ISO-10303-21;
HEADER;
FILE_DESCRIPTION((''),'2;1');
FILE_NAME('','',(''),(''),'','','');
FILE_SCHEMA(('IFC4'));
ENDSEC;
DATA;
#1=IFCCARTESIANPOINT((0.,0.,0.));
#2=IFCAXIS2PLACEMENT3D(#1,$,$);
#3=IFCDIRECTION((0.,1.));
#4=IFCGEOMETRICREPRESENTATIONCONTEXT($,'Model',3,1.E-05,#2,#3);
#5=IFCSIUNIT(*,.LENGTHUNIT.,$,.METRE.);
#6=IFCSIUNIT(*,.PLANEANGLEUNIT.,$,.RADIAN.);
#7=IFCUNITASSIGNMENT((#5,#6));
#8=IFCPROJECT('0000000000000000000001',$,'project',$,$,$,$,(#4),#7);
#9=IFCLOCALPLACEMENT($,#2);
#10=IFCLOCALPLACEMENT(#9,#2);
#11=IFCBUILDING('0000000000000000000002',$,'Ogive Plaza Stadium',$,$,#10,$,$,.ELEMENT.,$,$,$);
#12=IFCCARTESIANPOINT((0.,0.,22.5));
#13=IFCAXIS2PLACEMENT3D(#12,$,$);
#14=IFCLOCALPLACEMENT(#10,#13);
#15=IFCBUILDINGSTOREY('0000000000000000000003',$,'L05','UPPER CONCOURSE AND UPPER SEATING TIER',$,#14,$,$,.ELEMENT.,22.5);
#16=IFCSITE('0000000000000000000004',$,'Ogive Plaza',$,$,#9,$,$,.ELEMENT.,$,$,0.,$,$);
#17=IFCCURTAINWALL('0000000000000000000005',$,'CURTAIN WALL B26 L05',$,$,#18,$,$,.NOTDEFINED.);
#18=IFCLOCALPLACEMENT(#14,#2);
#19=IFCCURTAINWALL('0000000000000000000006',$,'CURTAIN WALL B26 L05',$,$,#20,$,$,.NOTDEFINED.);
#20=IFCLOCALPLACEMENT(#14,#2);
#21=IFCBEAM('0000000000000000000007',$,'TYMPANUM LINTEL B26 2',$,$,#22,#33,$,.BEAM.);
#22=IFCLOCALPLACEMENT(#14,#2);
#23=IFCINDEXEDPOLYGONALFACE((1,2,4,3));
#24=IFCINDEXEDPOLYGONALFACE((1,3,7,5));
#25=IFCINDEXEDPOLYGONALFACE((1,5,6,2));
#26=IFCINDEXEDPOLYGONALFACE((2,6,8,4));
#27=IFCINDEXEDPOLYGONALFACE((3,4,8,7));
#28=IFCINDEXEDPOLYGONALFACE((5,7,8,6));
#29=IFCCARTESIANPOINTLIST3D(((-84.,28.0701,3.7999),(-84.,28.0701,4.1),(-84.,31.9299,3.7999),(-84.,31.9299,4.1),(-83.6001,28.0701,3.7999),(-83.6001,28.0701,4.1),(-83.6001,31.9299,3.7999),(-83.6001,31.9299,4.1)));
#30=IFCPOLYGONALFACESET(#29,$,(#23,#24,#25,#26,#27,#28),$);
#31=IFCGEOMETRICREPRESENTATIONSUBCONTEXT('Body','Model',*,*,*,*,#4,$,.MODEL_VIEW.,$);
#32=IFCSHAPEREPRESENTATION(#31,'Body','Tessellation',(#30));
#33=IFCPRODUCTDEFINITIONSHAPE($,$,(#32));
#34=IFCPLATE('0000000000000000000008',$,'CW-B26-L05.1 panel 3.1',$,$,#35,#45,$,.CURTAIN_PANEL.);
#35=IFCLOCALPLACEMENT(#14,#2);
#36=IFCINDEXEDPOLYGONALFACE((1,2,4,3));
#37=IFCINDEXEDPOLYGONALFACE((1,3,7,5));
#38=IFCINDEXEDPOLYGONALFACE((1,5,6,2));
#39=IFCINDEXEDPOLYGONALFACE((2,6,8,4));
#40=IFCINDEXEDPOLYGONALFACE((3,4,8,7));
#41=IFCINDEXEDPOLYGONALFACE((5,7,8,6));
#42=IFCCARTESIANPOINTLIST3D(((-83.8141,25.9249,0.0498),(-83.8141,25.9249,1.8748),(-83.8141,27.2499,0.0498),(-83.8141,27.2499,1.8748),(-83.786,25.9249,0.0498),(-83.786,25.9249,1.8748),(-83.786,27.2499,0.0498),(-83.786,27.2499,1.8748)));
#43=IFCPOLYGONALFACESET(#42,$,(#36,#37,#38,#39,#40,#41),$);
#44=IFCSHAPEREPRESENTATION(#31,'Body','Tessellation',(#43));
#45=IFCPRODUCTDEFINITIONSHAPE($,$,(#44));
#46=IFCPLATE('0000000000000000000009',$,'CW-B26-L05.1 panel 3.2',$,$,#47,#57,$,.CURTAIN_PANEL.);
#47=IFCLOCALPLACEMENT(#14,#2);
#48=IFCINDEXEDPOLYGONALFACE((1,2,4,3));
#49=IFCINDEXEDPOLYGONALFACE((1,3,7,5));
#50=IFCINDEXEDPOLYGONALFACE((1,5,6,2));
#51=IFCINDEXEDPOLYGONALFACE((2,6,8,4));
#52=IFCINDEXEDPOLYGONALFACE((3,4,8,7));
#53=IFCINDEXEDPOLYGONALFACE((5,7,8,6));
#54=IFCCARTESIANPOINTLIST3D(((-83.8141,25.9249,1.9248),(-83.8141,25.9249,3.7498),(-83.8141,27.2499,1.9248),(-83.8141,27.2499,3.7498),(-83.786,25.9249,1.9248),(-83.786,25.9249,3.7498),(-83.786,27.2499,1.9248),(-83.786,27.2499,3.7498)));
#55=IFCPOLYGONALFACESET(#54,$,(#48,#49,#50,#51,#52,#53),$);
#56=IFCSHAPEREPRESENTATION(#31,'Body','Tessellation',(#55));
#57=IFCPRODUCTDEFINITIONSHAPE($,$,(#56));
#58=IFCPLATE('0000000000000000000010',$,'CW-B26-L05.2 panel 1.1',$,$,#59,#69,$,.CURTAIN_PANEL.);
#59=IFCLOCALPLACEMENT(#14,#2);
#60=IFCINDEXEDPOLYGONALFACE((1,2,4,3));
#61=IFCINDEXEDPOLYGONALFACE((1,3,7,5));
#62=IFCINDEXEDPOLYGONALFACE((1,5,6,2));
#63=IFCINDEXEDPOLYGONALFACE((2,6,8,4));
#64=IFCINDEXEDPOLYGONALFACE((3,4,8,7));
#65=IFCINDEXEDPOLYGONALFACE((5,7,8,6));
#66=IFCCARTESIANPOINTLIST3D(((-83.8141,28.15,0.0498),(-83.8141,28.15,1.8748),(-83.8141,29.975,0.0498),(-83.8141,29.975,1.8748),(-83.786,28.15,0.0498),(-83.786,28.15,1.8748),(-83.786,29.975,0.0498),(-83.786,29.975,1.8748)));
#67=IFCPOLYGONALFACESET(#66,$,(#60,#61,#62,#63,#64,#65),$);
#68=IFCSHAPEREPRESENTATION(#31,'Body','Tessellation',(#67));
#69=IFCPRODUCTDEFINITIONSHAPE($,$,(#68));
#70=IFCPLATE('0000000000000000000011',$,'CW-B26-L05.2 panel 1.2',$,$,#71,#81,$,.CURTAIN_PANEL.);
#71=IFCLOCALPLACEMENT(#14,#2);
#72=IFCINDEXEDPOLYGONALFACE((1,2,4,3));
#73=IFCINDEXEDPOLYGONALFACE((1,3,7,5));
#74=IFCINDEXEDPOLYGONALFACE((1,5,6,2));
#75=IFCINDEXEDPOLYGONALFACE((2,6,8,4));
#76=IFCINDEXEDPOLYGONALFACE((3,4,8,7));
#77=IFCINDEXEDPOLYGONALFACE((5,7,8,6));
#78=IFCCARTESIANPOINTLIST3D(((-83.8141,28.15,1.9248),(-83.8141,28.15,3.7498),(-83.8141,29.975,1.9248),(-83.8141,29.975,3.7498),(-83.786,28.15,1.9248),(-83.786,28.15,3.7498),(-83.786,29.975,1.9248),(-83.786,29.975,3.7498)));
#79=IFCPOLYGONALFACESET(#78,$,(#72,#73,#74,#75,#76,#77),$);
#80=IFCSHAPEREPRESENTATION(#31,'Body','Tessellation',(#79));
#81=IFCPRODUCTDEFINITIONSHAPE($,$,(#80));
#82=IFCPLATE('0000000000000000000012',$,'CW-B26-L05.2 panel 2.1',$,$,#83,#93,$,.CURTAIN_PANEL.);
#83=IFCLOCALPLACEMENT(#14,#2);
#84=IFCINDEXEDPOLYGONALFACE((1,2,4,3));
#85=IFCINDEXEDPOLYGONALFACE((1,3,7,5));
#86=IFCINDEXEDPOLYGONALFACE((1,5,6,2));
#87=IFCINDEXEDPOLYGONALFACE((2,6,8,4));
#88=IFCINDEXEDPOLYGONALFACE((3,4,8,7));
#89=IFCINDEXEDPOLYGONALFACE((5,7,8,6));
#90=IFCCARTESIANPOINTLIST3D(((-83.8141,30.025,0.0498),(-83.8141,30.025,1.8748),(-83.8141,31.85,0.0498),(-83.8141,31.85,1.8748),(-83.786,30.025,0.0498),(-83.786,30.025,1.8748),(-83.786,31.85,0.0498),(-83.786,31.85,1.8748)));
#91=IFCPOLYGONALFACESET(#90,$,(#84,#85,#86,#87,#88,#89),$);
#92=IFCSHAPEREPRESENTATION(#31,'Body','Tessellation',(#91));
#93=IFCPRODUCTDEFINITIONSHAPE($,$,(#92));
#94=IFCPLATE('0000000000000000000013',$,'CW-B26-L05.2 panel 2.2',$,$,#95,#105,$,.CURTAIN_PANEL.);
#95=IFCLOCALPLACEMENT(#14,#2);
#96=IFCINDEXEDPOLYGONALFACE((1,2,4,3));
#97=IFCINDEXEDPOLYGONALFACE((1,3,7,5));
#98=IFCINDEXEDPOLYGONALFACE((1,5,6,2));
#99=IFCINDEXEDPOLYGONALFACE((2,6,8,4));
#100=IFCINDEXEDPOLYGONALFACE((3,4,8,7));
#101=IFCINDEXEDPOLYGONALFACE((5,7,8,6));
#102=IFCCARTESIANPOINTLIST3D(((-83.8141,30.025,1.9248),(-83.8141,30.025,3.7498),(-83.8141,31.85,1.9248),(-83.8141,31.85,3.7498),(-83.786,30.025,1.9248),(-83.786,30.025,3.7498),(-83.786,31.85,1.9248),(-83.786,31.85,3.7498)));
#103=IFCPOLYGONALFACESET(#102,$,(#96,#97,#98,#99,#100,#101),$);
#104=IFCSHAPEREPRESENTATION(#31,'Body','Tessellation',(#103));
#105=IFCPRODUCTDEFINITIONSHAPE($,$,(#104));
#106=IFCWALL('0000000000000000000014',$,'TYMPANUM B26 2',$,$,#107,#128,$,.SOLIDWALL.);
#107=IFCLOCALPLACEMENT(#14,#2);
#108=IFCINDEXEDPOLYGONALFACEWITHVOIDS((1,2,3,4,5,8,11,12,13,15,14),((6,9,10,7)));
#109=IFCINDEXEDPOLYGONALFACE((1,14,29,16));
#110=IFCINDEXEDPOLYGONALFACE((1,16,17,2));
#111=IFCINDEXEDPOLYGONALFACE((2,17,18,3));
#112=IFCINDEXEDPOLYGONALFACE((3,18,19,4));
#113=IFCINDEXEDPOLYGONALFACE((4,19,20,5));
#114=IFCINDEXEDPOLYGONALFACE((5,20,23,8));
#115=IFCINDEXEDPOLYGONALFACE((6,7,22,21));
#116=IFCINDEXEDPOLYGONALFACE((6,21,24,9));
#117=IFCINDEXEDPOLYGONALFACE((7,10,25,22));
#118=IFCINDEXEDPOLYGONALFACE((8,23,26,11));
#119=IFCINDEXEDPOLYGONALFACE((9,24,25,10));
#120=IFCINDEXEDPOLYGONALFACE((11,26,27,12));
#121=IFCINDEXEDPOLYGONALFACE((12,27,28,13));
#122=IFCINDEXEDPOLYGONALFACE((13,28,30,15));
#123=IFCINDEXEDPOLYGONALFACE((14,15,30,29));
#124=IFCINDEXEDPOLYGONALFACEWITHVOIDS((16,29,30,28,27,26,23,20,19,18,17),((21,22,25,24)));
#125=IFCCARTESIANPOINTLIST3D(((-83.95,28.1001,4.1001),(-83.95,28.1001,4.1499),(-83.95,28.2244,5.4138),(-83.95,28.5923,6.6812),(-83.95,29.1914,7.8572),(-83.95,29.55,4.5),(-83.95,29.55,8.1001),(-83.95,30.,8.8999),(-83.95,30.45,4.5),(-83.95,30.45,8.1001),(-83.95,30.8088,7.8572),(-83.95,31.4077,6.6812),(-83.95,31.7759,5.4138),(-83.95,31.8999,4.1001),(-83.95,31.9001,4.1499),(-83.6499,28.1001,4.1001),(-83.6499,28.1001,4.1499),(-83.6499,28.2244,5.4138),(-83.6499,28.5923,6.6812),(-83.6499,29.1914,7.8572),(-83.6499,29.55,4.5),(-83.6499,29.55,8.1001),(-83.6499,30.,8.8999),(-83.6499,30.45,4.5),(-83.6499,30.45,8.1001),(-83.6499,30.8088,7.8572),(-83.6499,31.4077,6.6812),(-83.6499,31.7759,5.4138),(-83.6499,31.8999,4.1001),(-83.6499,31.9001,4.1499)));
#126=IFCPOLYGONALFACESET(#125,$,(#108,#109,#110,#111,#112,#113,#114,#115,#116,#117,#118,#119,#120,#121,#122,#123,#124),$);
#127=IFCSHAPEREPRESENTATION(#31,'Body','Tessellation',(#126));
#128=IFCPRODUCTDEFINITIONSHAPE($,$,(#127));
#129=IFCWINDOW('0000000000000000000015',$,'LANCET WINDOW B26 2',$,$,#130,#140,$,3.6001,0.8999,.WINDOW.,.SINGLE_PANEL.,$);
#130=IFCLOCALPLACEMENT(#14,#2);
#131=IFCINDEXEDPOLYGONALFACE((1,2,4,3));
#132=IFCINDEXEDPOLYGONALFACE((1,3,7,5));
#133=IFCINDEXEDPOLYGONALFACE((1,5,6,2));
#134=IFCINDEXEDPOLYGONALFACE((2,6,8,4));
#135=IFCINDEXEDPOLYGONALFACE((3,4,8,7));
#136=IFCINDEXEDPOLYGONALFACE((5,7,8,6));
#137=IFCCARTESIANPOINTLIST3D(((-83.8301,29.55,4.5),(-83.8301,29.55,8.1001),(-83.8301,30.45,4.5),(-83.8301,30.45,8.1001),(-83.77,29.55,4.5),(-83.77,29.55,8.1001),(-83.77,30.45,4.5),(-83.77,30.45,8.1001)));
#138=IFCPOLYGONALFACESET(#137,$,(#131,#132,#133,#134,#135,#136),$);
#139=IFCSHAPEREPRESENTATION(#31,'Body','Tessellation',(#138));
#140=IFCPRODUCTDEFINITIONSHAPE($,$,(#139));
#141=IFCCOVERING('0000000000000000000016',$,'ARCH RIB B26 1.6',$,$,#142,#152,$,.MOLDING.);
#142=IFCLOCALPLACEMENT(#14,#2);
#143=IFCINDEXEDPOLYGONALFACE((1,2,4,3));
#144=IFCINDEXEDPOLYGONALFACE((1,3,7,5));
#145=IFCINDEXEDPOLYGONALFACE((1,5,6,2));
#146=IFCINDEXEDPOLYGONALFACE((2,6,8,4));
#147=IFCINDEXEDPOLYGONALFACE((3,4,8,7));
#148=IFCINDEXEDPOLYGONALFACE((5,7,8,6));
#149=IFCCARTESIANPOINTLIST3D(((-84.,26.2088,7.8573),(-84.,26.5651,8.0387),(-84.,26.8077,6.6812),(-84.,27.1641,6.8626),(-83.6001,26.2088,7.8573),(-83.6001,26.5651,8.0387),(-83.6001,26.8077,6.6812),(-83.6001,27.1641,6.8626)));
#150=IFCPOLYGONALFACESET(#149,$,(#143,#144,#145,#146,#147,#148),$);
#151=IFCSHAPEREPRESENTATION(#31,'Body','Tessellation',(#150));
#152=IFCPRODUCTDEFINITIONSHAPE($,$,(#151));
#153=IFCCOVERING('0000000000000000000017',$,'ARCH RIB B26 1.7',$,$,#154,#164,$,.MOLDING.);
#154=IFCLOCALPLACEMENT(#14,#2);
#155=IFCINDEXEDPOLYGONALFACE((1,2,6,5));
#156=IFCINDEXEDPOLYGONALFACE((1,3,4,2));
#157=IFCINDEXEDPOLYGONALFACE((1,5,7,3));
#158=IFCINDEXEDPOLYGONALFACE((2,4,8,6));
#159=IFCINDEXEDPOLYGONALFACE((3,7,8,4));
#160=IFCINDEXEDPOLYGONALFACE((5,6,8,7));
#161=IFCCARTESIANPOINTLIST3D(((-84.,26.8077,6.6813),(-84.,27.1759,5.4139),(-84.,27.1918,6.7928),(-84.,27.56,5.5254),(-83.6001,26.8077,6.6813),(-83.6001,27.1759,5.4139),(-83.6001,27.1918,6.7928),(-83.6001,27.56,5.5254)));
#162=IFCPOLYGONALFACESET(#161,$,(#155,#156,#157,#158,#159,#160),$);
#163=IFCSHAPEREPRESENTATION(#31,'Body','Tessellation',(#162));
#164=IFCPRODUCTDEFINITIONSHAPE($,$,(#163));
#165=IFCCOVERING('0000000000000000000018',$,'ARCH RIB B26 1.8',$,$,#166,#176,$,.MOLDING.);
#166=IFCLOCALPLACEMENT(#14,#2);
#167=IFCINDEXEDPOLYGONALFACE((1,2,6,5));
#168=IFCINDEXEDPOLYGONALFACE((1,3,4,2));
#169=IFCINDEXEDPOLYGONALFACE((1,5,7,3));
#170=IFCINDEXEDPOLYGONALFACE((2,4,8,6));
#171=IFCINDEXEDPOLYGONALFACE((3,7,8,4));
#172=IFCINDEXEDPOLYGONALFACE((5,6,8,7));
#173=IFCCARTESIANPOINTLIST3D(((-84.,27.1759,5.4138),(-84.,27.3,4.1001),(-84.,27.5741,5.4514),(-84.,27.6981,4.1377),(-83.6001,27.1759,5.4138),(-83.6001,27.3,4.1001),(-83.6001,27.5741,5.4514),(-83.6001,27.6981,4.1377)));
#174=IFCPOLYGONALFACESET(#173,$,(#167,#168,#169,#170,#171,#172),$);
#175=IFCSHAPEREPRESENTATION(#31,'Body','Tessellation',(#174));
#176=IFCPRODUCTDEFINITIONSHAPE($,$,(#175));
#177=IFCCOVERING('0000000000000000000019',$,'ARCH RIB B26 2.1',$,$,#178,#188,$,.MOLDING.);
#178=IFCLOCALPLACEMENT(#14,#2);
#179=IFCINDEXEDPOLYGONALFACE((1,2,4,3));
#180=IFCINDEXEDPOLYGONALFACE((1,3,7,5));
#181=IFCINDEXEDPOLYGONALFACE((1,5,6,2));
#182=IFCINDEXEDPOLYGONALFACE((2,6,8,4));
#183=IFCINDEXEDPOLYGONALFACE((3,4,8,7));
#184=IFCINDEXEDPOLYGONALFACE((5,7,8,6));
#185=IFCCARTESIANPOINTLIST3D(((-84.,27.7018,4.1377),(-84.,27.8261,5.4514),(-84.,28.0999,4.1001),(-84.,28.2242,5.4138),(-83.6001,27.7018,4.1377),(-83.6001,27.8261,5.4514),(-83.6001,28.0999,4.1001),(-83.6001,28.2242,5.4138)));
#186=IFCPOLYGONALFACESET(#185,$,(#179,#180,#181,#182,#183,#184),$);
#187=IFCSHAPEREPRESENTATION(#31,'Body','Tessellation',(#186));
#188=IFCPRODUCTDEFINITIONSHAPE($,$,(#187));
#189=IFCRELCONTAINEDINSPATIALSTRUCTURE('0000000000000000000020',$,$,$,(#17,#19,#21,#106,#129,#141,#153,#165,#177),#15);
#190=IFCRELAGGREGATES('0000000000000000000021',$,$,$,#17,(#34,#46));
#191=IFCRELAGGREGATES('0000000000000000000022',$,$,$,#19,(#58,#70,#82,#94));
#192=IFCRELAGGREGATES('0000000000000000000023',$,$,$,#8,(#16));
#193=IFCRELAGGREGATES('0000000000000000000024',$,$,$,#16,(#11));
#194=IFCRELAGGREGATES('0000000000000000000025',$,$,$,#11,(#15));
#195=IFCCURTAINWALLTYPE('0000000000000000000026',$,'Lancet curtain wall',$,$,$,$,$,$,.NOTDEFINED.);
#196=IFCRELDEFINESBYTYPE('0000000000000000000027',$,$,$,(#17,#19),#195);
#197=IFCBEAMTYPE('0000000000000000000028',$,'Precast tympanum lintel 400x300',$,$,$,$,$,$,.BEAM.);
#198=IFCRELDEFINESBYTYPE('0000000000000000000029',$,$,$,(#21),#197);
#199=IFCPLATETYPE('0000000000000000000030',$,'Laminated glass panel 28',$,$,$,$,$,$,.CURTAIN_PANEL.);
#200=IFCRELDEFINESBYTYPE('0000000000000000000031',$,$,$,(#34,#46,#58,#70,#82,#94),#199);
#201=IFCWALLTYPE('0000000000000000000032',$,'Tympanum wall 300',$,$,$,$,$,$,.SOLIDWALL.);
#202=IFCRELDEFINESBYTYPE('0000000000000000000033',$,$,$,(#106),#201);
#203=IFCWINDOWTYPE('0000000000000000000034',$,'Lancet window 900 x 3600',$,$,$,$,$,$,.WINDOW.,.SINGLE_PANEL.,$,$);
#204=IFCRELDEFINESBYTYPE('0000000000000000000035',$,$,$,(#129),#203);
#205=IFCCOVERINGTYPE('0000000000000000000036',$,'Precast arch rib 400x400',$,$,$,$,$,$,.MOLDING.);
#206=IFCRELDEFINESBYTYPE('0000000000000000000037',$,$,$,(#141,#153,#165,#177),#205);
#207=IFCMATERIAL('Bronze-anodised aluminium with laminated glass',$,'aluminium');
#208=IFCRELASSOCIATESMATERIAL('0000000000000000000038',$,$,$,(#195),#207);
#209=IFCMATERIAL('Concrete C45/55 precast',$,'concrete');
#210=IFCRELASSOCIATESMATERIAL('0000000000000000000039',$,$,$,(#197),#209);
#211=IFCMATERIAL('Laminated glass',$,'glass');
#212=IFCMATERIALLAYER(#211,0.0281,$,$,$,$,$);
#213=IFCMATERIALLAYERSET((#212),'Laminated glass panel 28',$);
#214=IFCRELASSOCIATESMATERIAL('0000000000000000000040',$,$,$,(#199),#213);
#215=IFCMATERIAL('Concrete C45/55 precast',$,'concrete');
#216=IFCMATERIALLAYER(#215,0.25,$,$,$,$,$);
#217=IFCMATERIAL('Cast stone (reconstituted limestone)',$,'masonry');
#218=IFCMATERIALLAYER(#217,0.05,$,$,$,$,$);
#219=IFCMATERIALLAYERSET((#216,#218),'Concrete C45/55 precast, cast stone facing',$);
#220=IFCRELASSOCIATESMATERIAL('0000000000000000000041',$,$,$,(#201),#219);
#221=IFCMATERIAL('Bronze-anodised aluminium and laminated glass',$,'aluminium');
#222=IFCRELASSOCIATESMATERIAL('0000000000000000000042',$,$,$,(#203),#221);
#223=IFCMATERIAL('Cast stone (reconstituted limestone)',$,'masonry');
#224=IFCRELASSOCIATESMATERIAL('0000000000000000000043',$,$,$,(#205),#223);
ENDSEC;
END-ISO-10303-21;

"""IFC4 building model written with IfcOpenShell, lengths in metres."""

from ifc_helpers import new_model, si_unit, direction, frame, frame_2d, origin, origin_2d, place, context, subcontext, project, spatial, polyline, rectangle, outline, extrude, material, layer, layer_set, material_profile, profile_set, type_object, element, fill, aggregate, save


model = new_model("IFC4")

# Units and contexts
model_context = context("Model", 3, precision=1e-05, world=origin(), true_north=direction((0.0, 1.0)))
body_context = subcontext(model_context, "Body", "Model", "MODEL_VIEW")
ifc_project = project(units=[si_unit("LENGTHUNIT", "METRE"), si_unit("PLANEANGLEUNIT", "RADIAN")], contexts=[model_context])

# Site, building, storey
site_placement = place(None, origin())
site = spatial("IfcSite", under=ifc_project, at=site_placement, Name="Ogive Plaza", CompositionType="ELEMENT", RefElevation=0.0)
building_placement = place(site_placement, origin())
building = spatial("IfcBuilding", under=site, at=building_placement, Name="Ogive Plaza Stadium", CompositionType="ELEMENT")
storey_placement = place(building_placement, frame((0.0, 0.0, 22.5)))
storey = spatial("IfcBuildingStorey", under=building, at=storey_placement, Name="L05", Description="UPPER CONCOURSE AND UPPER SEATING TIER", CompositionType="ELEMENT", Elevation=22.5)

# Curtain wall
ifc_material_1 = material(Name="Bronze-anodised aluminium with laminated glass", Category="aluminium")
curtain_wall_type = type_object("IfcCurtainWallType", Name="Lancet curtain wall", PredefinedType="NOTDEFINED", material=ifc_material_1)
curtain_wall_1_placement = place(storey_placement, origin())
curtain_wall_1 = element("IfcCurtainWall", 1, at=curtain_wall_1_placement, inside=storey, type_object=curtain_wall_type, Name="CURTAIN WALL B26 L05", PredefinedType="NOTDEFINED")

# Curtain wall
curtain_wall_2_placement = place(storey_placement, origin())
curtain_wall_2 = element("IfcCurtainWall", 2, at=curtain_wall_2_placement, inside=storey, type_object=curtain_wall_type, Name="CURTAIN WALL B26 L05", PredefinedType="NOTDEFINED")

# Beam
ifc_material_2 = material(Name="Concrete C45/55 precast", Category="concrete")
ifc_material_profile_1 = material_profile(ifc_material_2, rectangle(XDim=0.3999, YDim=0.3, at=origin_2d()), Name="RC 400x300")
ifc_profile_set_1 = profile_set([ifc_material_profile_1], Name="Concrete C45/55 precast")
beam_type = type_object("IfcBeamType", Name="Precast tympanum lintel 400x300", PredefinedType="BEAM", material=ifc_profile_set_1)
beam_placement = place(storey_placement, frame((-83.8, 28.0701, 3.95), z_axis=(0.0, 1.0, 0.0), x_axis=(-1.0, 0.0, 0.0)))
element("IfcBeam", 3, at=beam_placement, inside=storey, type_object=beam_type, Name="TYMPANUM LINTEL B26 2", PredefinedType="BEAM", context=body_context, shape_type="SweptSolid", body=[
    extrude(rectangle(XDim=0.3999, YDim=0.3, at=origin_2d()), origin(), (0.0, 0.0, 1.0), 3.8599),
])

# Plates
ifc_material_3 = material(Name="Laminated glass", Category="glass")
ifc_layer_1 = layer(ifc_material_3, 0.0281)
ifc_layer_set_1 = layer_set([ifc_layer_1], Name="Laminated glass panel 28")
plate_type = type_object("IfcPlateType", Name="Laminated glass panel 28", PredefinedType="CURTAIN_PANEL", material=ifc_layer_set_1)
plate_1_placement = place(storey_placement, frame((-83.8, 26.5874, 0.0498), z_axis=(0.0, 0.0, 1.0), x_axis=(0.0, 1.0, 0.0)))
plate_1 = element("IfcPlate", 4, at=plate_1_placement, type_object=plate_type, Name="CW-B26-L05.1 panel 3.1", PredefinedType="CURTAIN_PANEL", context=body_context, shape_type="SweptSolid", body=[
    extrude(rectangle(XDim=1.325, YDim=0.0281, at=origin_2d()), origin(), (0.0, 0.0, 1.0), 1.825),
])
plate_2_placement = place(storey_placement, frame((-83.8, 26.5874, 1.9248), z_axis=(0.0, 0.0, 1.0), x_axis=(0.0, 1.0, 0.0)))
plate_2 = element("IfcPlate", 5, at=plate_2_placement, type_object=plate_type, Name="CW-B26-L05.1 panel 3.2", PredefinedType="CURTAIN_PANEL", context=body_context, shape_type="SweptSolid", body=[
    extrude(rectangle(XDim=1.325, YDim=0.0281, at=origin_2d()), origin(), (0.0, 0.0, 1.0), 1.825),
])
aggregate(curtain_wall_1, [plate_1, plate_2])
plate_3_placement = place(storey_placement, frame((-83.8, 29.0625, 0.0498), z_axis=(0.0, 0.0, 1.0), x_axis=(0.0, 1.0, 0.0)))
plate_3 = element("IfcPlate", 6, at=plate_3_placement, type_object=plate_type, Name="CW-B26-L05.2 panel 1.1", PredefinedType="CURTAIN_PANEL", context=body_context, shape_type="SweptSolid", body=[
    extrude(rectangle(XDim=1.825, YDim=0.0281, at=origin_2d()), origin(), (0.0, 0.0, 1.0), 1.825),
])
plate_4_placement = place(storey_placement, frame((-83.8, 29.0625, 1.9248), z_axis=(0.0, 0.0, 1.0), x_axis=(0.0, 1.0, 0.0)))
plate_4 = element("IfcPlate", 7, at=plate_4_placement, type_object=plate_type, Name="CW-B26-L05.2 panel 1.2", PredefinedType="CURTAIN_PANEL", context=body_context, shape_type="SweptSolid", body=[
    extrude(rectangle(XDim=1.825, YDim=0.0281, at=origin_2d()), origin(), (0.0, 0.0, 1.0), 1.825),
])
plate_5_placement = place(storey_placement, frame((-83.8, 30.9375, 0.0498), z_axis=(0.0, 0.0, 1.0), x_axis=(0.0, 1.0, 0.0)))
plate_5 = element("IfcPlate", 8, at=plate_5_placement, type_object=plate_type, Name="CW-B26-L05.2 panel 2.1", PredefinedType="CURTAIN_PANEL", context=body_context, shape_type="SweptSolid", body=[
    extrude(rectangle(XDim=1.825, YDim=0.0281, at=origin_2d()), origin(), (0.0, 0.0, 1.0), 1.825),
])
plate_6_placement = place(storey_placement, frame((-83.8, 30.9375, 1.9248), z_axis=(0.0, 0.0, 1.0), x_axis=(0.0, 1.0, 0.0)))
plate_6 = element("IfcPlate", 9, at=plate_6_placement, type_object=plate_type, Name="CW-B26-L05.2 panel 2.2", PredefinedType="CURTAIN_PANEL", context=body_context, shape_type="SweptSolid", body=[
    extrude(rectangle(XDim=1.825, YDim=0.0281, at=origin_2d()), origin(), (0.0, 0.0, 1.0), 1.825),
])
aggregate(curtain_wall_2, [plate_3, plate_4, plate_5, plate_6])

# Wall, opening, window
ifc_material_4 = material(Name="Concrete C45/55 precast", Category="concrete")
ifc_layer_2 = layer(ifc_material_4, 0.25)
ifc_material_5 = material(Name="Cast stone (reconstituted limestone)", Category="masonry")
ifc_layer_3 = layer(ifc_material_5, 0.05)
ifc_layer_set_2 = layer_set([ifc_layer_2, ifc_layer_3], Name="Concrete C45/55 precast, cast stone facing")
wall_type = type_object("IfcWallType", Name="Tympanum wall 300", PredefinedType="SOLIDWALL", material=ifc_layer_set_2)
wall_placement = place(storey_placement, frame((-83.8, 28.1001, 4.1001), z_axis=(0.0, 0.0, 1.0), x_axis=(0.0, 1.0, 0.0)))
wall = element("IfcWall", 10, at=wall_placement, inside=storey, type_object=wall_type, Name="TYMPANUM B26 2", PredefinedType="SOLIDWALL", context=body_context, shape_type="SweptSolid", body=[
    extrude(outline(polyline([(0.0, 0.0), (3.7998, 0.0), (3.8, 0.0498), (3.6758, 1.3137), (3.3076, 2.5811), (2.7087, 3.7571), (1.8999, 4.7998), (1.0913, 3.7571), (0.4922, 2.5811), (0.1243, 1.3137), (0.0, 0.0498), (0.0, 0.0)])), frame((0.0, 0.1499, 0.0), z_axis=(0.0, -1.0, 0.0), x_axis=(1.0, 0.0, 0.0)), (0.0, 0.0, 1.0), 0.3),
])
opening_placement = place(wall_placement, frame((1.45, 0.0, 0.3999)))
opening = element("IfcOpeningElement", 11, at=opening_placement, cuts=wall, PredefinedType="OPENING", context=body_context, shape_type="SweptSolid", body=[
    extrude(rectangle(XDim=0.8999, YDim=3.6001, at=frame_2d((0.45, 1.8))), frame((0.0, 0.1602, 0.0), z_axis=(0.0, -1.0, 0.0), x_axis=(1.0, 0.0, 0.0)), (0.0, 0.0, 1.0), 0.3201),
])
ifc_material_6 = material(Name="Bronze-anodised aluminium and laminated glass", Category="aluminium")
window_type = type_object("IfcWindowType", Name="Lancet window 900 x 3600", PartitioningType="SINGLE_PANEL", PredefinedType="WINDOW", material=ifc_material_6)
window_placement = place(opening_placement, origin())
window = element("IfcWindow", 12, at=window_placement, inside=storey, type_object=window_type, Name="LANCET WINDOW B26 2", OverallHeight=3.6001, OverallWidth=0.8999, PartitioningType="SINGLE_PANEL", PredefinedType="WINDOW", context=body_context, shape_type="SweptSolid", body=[
    extrude(rectangle(XDim=0.8999, YDim=3.6001, at=frame_2d((0.45, 1.8))), frame((0.0, 0.03, 0.0), z_axis=(0.0, -1.0, 0.0), x_axis=(1.0, 0.0, 0.0)), (0.0, 0.0, 1.0), 0.0601),
])
fill(opening, window)

# Coverings
ifc_material_7 = material(Name="Cast stone (reconstituted limestone)", Category="masonry")
ifc_material_profile_2 = material_profile(ifc_material_7, rectangle(XDim=0.3999, YDim=0.3999, at=origin_2d()), Name="Cast stone 400x400")
ifc_profile_set_2 = profile_set([ifc_material_profile_2], Name="Cast stone (reconstituted limestone)")
covering_type = type_object("IfcCoveringType", Name="Precast arch rib 400x400", PredefinedType="MOLDING", material=ifc_profile_set_2)
for number, where, z_axis, x_axis, name in (
    (13, (-83.8, 26.387, 7.948), (0.0, 0.453787, -0.89111), (-1.0, 0.0, 0.0), "ARCH RIB B26 1.6"),
    (14, (-83.8, 26.9998, 6.7371), (0.0, 0.27897, -0.9603), (-1.0, 0.0, 0.0), "ARCH RIB B26 1.7"),
):
    element("IfcCovering", number, at=place(storey_placement, frame(where, z_axis=z_axis, x_axis=x_axis)), inside=storey, type_object=covering_type, Name=name, PredefinedType="MOLDING", context=body_context, shape_type="SweptSolid", body=[
        extrude(rectangle(XDim=0.3999, YDim=0.3999, at=origin_2d()), origin(), (0.0, 0.0, 1.0), 1.3198),
    ])
for number, where, z_axis, x_axis, name in (
    (15, (-83.8, 27.375, 5.4326), (0.0, 0.093988, -0.995573), (-1.0, 0.0, 0.0), "ARCH RIB B26 1.8"),
    (16, (-83.8, 27.9009, 4.1189), (0.0, 0.094172, 0.995556), (-1.0, 0.0, 0.0), "ARCH RIB B26 2.1"),
):
    element("IfcCovering", number, at=place(storey_placement, frame(where, z_axis=z_axis, x_axis=x_axis)), inside=storey, type_object=covering_type, Name=name, PredefinedType="MOLDING", context=body_context, shape_type="SweptSolid", body=[
        extrude(rectangle(XDim=0.3999, YDim=0.3999, at=origin_2d()), origin(), (0.0, 0.0, 1.0), 1.3196),
    ])

save(model, "model.ifc")
